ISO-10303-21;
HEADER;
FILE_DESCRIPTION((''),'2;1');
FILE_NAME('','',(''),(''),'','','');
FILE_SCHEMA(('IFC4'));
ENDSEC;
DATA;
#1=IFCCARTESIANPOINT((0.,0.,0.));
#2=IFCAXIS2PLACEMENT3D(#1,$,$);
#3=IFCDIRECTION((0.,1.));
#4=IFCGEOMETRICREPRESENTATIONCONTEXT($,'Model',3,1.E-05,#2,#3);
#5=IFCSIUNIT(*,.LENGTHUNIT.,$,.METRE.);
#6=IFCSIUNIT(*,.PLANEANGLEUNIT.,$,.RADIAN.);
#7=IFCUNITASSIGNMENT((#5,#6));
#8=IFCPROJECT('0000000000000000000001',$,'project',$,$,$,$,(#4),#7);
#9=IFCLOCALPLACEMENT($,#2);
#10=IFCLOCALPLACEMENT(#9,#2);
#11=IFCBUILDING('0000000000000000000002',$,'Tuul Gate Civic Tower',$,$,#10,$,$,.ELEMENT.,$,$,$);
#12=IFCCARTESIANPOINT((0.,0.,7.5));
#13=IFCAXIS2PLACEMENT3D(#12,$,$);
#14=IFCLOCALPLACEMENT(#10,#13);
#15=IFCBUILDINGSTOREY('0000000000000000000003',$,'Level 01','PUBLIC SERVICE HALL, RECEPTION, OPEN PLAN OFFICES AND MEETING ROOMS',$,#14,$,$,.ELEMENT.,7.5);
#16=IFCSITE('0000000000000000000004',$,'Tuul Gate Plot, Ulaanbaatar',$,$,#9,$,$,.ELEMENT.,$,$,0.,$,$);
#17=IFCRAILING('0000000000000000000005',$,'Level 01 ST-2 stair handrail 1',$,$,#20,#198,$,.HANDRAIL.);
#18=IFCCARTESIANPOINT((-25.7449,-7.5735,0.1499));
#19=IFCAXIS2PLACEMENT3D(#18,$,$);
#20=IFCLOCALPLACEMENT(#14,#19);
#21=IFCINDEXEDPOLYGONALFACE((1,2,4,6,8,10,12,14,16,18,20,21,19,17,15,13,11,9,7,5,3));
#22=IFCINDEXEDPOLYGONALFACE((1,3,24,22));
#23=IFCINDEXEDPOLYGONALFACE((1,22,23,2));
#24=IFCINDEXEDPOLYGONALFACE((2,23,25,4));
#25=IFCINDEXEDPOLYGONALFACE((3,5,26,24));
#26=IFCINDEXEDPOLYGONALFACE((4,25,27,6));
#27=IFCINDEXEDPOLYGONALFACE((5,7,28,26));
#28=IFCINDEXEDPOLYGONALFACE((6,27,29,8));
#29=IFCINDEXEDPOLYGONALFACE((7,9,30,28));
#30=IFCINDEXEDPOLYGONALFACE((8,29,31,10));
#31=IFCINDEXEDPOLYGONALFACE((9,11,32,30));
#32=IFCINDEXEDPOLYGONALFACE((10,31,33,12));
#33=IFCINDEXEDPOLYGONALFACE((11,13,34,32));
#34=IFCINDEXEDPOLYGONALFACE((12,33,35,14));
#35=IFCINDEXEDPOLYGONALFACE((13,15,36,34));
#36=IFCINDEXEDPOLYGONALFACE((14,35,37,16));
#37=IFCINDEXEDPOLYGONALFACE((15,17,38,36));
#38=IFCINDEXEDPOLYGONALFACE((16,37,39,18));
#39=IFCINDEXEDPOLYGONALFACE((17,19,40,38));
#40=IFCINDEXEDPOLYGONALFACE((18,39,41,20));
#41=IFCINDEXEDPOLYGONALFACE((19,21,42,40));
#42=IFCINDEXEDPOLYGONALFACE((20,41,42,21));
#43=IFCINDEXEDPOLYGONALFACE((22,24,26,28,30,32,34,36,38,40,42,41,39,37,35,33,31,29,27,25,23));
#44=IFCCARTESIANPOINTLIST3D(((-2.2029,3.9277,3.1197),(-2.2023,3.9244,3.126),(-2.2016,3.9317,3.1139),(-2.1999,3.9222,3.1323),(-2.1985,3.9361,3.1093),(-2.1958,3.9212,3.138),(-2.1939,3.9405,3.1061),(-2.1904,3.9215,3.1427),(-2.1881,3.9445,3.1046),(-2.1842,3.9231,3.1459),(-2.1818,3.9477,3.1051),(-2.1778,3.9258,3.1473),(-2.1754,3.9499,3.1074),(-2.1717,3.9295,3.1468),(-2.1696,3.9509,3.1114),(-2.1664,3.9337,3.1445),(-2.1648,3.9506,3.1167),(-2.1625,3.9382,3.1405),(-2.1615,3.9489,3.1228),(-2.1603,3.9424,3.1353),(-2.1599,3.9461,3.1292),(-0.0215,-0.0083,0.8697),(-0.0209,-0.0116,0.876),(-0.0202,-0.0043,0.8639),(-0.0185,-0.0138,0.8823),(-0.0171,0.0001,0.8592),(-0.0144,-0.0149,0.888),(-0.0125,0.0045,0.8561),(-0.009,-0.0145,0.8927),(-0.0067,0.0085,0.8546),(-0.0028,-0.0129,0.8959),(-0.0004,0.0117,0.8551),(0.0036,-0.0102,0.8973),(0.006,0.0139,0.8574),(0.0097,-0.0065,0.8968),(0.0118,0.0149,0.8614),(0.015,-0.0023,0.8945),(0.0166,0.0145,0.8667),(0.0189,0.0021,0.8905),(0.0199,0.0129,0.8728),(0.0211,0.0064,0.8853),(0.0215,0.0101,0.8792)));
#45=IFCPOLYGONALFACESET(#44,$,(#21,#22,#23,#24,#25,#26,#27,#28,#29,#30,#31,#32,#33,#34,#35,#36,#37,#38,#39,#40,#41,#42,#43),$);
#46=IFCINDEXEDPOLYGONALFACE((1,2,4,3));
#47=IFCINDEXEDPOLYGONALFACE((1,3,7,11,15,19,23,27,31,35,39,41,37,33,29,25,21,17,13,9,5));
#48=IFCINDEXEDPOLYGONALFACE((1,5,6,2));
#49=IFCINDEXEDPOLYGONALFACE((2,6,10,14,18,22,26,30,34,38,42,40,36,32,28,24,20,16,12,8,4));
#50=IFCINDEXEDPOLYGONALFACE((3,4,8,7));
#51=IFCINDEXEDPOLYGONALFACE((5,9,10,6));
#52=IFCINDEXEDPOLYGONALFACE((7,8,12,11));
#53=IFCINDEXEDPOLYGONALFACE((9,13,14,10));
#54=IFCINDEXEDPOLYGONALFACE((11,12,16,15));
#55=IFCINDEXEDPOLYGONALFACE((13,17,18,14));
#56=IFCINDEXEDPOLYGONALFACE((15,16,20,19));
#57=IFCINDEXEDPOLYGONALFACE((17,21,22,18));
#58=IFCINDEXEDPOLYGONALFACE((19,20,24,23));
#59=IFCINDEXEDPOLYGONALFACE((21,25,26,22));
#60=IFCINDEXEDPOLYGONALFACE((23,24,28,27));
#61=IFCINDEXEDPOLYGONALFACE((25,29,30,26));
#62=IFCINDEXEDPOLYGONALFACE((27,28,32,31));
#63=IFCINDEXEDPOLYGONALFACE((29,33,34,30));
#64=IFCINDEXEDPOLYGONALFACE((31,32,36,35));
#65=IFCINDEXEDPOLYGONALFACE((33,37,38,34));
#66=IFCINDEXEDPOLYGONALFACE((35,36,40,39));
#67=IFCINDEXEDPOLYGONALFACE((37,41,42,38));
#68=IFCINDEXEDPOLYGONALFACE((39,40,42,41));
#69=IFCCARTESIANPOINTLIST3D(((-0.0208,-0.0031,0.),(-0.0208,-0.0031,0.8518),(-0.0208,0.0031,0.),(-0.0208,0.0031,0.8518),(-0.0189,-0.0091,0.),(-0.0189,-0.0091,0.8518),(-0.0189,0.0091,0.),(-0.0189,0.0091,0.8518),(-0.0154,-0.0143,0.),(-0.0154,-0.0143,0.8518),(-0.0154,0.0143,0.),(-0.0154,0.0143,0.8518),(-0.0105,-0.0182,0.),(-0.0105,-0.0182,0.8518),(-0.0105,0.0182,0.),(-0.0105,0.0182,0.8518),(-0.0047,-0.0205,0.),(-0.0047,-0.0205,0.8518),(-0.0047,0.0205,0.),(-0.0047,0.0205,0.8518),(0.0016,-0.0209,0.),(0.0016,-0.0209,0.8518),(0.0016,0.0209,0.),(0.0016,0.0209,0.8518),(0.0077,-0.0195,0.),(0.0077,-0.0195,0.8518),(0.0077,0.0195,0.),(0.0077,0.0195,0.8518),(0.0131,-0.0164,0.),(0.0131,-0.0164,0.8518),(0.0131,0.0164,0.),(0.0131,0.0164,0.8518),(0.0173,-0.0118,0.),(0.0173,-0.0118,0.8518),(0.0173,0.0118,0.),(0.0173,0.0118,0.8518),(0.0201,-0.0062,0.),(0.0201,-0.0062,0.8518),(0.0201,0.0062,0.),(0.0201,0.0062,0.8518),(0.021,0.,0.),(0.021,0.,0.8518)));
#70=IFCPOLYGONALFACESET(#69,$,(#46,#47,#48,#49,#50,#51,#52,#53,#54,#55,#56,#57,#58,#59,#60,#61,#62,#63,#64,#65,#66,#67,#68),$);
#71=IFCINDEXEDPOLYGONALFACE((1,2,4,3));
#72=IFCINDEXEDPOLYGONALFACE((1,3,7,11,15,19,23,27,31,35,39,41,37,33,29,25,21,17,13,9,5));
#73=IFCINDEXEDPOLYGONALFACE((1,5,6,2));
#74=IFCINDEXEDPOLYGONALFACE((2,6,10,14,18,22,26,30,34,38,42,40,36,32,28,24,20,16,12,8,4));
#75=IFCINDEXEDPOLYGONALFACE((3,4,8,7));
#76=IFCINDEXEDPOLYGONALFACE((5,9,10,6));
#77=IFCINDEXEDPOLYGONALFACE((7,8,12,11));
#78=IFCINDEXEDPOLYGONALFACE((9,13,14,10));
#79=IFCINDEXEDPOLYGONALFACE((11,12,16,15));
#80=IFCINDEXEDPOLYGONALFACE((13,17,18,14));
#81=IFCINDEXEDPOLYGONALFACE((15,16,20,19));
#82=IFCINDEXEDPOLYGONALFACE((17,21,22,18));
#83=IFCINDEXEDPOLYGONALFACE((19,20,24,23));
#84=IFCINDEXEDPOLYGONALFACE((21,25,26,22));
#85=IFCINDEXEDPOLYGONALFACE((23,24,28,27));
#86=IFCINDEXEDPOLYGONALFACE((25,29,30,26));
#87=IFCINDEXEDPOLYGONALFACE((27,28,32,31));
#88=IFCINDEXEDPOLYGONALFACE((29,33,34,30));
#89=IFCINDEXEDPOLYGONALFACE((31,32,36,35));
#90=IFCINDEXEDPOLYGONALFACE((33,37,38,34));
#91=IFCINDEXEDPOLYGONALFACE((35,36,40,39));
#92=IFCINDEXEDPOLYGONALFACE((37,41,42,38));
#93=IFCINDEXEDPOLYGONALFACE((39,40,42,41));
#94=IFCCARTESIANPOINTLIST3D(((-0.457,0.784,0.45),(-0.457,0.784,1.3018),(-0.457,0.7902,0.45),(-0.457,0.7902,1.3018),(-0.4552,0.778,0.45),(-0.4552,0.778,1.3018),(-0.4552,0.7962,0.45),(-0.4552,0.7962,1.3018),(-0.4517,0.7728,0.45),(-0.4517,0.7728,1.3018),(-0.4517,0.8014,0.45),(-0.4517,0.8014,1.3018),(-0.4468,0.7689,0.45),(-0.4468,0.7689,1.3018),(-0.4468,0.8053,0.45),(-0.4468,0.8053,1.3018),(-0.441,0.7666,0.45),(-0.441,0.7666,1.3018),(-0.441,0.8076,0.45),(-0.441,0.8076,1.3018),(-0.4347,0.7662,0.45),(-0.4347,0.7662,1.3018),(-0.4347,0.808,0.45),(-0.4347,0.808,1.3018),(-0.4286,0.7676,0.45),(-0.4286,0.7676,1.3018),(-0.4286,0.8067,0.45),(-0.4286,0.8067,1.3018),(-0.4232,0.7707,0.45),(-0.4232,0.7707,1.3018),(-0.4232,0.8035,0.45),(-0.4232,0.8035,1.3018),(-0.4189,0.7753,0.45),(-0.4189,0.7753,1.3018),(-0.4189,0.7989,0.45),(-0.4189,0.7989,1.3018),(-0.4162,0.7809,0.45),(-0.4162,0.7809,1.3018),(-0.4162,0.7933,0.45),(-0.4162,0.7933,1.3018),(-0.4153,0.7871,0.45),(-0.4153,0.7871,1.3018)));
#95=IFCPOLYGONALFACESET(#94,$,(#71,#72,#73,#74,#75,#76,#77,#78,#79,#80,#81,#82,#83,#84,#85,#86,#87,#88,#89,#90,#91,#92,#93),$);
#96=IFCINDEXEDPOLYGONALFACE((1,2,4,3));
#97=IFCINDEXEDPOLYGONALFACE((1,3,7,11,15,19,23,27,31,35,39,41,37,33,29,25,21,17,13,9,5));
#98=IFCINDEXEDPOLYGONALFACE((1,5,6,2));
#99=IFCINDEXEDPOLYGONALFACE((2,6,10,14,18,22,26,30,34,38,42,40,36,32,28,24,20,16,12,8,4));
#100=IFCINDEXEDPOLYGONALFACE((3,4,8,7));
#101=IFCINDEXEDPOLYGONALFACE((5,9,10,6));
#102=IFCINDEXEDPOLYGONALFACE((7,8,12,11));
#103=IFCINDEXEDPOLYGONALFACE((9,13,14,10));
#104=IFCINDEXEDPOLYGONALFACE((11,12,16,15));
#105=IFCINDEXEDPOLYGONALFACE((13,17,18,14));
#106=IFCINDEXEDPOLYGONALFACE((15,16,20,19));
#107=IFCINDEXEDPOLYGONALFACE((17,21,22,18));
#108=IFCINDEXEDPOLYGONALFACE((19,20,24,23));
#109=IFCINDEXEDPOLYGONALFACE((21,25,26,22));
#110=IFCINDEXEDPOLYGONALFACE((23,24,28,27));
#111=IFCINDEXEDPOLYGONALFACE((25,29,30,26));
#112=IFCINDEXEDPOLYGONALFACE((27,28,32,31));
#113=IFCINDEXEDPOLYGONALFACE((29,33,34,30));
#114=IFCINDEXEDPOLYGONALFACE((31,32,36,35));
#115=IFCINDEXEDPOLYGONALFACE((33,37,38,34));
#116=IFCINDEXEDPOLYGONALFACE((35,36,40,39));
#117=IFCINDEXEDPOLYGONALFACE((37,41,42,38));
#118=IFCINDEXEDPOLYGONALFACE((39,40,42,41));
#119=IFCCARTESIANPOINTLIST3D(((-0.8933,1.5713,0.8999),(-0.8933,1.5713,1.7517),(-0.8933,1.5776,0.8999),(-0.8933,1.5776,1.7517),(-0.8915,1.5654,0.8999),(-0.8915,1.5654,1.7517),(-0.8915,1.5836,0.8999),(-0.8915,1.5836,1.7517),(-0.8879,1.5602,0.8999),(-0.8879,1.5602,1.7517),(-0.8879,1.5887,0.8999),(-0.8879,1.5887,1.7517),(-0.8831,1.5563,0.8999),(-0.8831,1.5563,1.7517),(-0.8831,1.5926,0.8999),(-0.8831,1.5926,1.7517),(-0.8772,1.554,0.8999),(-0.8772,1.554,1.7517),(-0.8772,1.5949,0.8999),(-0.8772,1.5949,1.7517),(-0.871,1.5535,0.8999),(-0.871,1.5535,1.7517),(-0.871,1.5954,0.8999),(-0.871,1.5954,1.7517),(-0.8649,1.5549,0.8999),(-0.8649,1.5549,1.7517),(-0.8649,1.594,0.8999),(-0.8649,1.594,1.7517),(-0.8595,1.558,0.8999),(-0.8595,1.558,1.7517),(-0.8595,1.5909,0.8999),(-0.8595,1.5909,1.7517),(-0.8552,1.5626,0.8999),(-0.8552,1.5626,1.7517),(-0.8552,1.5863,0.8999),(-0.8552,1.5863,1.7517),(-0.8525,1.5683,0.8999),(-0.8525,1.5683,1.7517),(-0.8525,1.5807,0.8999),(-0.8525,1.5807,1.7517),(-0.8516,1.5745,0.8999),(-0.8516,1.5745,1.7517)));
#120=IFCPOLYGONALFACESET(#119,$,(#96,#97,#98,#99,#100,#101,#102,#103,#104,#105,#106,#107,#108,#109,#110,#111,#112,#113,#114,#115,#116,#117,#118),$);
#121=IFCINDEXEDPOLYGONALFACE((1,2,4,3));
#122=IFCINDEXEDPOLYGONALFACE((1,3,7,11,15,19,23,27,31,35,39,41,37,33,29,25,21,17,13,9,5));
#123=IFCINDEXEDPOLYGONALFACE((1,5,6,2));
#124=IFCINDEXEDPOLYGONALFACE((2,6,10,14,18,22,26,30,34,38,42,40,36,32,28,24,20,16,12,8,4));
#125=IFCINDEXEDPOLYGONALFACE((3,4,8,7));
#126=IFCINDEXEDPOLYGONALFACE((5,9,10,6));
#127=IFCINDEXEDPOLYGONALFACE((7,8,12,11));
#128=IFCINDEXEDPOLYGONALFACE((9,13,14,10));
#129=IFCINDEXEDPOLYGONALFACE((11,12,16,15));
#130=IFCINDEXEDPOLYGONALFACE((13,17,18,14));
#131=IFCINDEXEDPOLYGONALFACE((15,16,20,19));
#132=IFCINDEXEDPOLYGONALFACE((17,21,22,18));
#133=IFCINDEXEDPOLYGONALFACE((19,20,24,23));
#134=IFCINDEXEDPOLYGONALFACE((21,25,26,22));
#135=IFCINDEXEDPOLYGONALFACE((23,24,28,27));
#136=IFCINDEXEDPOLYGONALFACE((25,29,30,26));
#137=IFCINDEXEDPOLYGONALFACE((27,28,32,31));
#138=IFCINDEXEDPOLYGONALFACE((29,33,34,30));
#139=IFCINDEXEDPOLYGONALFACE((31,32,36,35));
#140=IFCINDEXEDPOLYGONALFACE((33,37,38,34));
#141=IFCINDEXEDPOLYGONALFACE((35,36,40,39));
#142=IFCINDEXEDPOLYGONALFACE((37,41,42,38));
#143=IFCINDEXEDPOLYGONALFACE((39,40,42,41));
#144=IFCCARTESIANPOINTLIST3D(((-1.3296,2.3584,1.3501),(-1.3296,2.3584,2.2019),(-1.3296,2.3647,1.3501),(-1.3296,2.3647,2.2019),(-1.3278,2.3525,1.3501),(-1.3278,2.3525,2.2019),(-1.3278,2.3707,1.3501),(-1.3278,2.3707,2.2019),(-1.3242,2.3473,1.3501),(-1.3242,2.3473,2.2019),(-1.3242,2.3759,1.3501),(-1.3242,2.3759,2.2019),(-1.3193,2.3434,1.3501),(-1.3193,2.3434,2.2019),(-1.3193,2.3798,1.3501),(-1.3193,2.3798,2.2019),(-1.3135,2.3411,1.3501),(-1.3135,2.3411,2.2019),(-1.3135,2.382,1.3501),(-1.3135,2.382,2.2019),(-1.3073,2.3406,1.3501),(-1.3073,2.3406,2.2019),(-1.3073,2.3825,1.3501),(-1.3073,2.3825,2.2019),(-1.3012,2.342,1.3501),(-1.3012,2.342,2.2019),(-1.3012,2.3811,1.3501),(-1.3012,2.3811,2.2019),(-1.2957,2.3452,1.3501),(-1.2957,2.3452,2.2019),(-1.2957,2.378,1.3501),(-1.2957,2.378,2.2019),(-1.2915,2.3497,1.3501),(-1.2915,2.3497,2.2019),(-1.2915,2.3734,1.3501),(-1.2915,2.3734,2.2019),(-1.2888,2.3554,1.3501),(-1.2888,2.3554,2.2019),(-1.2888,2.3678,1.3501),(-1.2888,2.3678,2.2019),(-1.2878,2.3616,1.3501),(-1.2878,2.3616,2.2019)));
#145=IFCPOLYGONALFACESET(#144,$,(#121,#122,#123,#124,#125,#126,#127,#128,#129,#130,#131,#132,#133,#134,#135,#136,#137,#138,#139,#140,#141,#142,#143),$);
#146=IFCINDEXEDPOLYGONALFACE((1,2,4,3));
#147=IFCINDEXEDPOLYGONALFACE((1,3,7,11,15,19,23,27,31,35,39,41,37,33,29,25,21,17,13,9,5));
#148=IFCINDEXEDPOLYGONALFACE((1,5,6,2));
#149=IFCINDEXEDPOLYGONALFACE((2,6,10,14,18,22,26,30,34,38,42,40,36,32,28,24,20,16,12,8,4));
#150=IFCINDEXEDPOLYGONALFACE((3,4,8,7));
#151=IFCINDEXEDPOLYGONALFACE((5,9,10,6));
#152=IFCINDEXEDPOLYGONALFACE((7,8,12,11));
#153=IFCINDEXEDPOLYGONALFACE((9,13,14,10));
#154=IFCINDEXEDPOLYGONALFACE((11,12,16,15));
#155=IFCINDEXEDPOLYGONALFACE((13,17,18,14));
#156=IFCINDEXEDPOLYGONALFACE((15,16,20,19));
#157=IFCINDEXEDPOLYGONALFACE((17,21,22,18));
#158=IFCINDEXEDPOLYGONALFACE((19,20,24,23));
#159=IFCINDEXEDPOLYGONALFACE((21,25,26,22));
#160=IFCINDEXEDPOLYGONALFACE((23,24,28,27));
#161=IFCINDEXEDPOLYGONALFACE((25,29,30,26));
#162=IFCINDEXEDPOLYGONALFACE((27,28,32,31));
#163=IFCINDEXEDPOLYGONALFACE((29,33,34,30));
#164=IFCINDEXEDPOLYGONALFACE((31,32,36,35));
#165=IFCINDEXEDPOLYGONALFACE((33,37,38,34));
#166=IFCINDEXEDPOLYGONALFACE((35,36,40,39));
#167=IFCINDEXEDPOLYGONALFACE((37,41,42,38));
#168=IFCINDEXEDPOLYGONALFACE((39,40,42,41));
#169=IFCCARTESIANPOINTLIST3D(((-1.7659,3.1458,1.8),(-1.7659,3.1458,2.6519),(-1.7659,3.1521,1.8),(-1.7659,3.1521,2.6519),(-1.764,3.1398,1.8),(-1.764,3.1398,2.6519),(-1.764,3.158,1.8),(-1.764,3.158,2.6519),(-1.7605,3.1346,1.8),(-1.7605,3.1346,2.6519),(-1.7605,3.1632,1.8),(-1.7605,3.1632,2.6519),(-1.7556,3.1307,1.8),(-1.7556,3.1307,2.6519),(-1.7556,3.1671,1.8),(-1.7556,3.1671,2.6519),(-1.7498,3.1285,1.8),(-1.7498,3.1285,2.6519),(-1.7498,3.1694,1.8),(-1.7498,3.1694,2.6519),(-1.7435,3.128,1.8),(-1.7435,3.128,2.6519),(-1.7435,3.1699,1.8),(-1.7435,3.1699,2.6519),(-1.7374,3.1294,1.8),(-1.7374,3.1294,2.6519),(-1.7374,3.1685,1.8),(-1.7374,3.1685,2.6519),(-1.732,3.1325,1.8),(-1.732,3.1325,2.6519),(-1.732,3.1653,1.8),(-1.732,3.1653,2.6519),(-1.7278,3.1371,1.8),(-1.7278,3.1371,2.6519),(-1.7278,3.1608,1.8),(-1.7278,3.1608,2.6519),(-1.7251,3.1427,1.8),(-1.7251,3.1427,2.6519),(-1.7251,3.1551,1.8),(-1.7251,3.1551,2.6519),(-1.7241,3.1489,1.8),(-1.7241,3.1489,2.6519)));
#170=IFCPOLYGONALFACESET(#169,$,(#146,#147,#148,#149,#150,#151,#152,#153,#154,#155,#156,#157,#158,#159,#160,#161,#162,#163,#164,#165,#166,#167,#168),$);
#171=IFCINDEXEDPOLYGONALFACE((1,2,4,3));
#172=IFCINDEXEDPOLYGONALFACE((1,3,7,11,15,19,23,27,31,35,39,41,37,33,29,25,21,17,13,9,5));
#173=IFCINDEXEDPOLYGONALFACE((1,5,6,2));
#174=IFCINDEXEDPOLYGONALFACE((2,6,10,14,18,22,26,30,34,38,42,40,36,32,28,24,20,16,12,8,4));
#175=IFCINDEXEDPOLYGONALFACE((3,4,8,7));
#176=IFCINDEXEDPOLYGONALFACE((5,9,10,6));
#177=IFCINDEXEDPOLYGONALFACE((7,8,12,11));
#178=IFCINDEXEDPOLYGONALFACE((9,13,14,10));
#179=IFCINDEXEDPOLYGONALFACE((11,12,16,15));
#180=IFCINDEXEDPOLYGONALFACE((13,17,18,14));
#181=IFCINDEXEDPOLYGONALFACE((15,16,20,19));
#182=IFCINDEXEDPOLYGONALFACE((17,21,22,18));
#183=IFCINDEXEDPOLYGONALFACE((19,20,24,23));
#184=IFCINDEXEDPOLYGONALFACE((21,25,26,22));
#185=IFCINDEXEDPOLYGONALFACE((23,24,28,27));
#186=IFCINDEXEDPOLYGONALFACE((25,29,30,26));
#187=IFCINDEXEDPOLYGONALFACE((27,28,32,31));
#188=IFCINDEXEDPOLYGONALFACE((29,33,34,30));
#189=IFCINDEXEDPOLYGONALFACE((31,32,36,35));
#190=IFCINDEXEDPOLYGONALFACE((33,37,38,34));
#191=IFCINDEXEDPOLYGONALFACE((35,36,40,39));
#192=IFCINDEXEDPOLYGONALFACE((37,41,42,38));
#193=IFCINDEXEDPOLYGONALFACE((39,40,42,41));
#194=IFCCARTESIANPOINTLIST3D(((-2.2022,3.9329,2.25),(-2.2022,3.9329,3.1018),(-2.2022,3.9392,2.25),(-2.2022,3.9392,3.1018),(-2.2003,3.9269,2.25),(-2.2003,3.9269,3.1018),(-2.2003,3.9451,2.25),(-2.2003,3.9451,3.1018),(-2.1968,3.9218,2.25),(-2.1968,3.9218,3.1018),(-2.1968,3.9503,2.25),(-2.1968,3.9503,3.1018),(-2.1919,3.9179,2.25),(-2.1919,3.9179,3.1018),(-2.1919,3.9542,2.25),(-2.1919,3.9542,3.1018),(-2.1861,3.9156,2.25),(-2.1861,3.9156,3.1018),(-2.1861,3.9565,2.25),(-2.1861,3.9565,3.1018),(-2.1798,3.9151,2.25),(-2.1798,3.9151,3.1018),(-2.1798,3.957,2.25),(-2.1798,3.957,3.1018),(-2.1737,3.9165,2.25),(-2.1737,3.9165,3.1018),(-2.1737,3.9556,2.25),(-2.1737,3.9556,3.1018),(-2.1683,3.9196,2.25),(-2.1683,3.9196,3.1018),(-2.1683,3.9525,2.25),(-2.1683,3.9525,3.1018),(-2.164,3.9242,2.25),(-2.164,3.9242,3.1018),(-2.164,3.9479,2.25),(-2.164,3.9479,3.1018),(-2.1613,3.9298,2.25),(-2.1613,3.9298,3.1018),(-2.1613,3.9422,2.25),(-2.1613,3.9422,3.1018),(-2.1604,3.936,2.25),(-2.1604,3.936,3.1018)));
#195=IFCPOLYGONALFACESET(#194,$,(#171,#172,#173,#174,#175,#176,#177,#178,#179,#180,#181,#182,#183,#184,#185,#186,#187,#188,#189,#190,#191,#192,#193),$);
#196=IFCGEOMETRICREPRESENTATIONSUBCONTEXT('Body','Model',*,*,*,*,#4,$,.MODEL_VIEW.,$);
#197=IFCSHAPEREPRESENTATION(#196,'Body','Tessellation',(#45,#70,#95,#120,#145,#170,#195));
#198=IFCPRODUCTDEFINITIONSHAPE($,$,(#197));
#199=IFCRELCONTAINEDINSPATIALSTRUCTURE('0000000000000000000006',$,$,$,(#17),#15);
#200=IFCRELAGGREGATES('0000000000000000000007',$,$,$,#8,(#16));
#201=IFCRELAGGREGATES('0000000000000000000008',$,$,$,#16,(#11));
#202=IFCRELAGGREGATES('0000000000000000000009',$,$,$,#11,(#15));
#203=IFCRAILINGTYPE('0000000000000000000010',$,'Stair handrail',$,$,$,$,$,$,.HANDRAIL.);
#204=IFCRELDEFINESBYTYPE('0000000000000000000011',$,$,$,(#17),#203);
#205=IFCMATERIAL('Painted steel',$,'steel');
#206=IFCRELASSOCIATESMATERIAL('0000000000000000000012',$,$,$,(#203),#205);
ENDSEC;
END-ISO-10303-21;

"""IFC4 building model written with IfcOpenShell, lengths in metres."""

from ifc_helpers import new_model, si_unit, direction, frame, origin, origin_2d, place, context, subcontext, project, spatial, circle, extrude, material, type_object, element, save


model = new_model("IFC4")

# Units and contexts
model_context = context("Model", 3, precision=1e-05, world=origin(), true_north=direction((0.0, 1.0)))
body_context = subcontext(model_context, "Body", "Model", "MODEL_VIEW")
ifc_project = project(units=[si_unit("LENGTHUNIT", "METRE"), si_unit("PLANEANGLEUNIT", "RADIAN")], contexts=[model_context])

# Site, building, storey
site_placement = place(None, origin())
site = spatial("IfcSite", under=ifc_project, at=site_placement, Name="Tuul Gate Plot, Ulaanbaatar", CompositionType="ELEMENT", RefElevation=0.0)
building_placement = place(site_placement, origin())
building = spatial("IfcBuilding", under=site, at=building_placement, Name="Tuul Gate Civic Tower", CompositionType="ELEMENT")
storey_placement = place(building_placement, frame((0.0, 0.0, 7.5)))
storey = spatial("IfcBuildingStorey", under=building, at=storey_placement, Name="Level 01", Description="PUBLIC SERVICE HALL, RECEPTION, OPEN PLAN OFFICES AND MEETING ROOMS", CompositionType="ELEMENT", Elevation=7.5)

# Railing
ifc_material_1 = material(Name="Painted steel", Category="steel")
railing_type_1 = type_object("IfcRailingType", Name="Stair handrail", PredefinedType="HANDRAIL", material=ifc_material_1)
railing_1_placement = place(storey_placement, frame((-25.7449, -7.5735, 0.1499)))
element("IfcRailing", 1, at=railing_1_placement, inside=storey, type_object=railing_type_1, Name="Level 01 ST-2 stair handrail 1", PredefinedType="HANDRAIL", context=body_context, shape_type="SweptSolid", body=[
    extrude(circle(Radius=0.0239, at=origin_2d()), frame((0.0, 0.0, 0.876), z_axis=(-0.43357, 0.782319, 0.447206), x_axis=(-0.874656, -0.484744, 0.0)), (0.0, 0.0, 1.0), 5.0312),
    extrude(circle(Radius=0.021, at=origin_2d()), origin(), (0.0, 0.0, 1.0), 0.8518),
    extrude(circle(Radius=0.021, at=origin_2d()), frame((-0.4363, 0.7871, 0.45)), (0.0, 0.0, 1.0), 0.8518),
    extrude(circle(Radius=0.021, at=origin_2d()), frame((-0.8726, 1.5745, 0.8999)), (0.0, 0.0, 1.0), 0.8518),
    extrude(circle(Radius=0.021, at=origin_2d()), frame((-1.3088, 2.3616, 1.3501)), (0.0, 0.0, 1.0), 0.8518),
    extrude(circle(Radius=0.021, at=origin_2d()), frame((-1.7451, 3.1489, 1.8)), (0.0, 0.0, 1.0), 0.8518),
    extrude(circle(Radius=0.021, at=origin_2d()), frame((-2.1814, 3.936, 2.25)), (0.0, 0.0, 1.0), 0.8518),
])

save(model, "model.ifc")
